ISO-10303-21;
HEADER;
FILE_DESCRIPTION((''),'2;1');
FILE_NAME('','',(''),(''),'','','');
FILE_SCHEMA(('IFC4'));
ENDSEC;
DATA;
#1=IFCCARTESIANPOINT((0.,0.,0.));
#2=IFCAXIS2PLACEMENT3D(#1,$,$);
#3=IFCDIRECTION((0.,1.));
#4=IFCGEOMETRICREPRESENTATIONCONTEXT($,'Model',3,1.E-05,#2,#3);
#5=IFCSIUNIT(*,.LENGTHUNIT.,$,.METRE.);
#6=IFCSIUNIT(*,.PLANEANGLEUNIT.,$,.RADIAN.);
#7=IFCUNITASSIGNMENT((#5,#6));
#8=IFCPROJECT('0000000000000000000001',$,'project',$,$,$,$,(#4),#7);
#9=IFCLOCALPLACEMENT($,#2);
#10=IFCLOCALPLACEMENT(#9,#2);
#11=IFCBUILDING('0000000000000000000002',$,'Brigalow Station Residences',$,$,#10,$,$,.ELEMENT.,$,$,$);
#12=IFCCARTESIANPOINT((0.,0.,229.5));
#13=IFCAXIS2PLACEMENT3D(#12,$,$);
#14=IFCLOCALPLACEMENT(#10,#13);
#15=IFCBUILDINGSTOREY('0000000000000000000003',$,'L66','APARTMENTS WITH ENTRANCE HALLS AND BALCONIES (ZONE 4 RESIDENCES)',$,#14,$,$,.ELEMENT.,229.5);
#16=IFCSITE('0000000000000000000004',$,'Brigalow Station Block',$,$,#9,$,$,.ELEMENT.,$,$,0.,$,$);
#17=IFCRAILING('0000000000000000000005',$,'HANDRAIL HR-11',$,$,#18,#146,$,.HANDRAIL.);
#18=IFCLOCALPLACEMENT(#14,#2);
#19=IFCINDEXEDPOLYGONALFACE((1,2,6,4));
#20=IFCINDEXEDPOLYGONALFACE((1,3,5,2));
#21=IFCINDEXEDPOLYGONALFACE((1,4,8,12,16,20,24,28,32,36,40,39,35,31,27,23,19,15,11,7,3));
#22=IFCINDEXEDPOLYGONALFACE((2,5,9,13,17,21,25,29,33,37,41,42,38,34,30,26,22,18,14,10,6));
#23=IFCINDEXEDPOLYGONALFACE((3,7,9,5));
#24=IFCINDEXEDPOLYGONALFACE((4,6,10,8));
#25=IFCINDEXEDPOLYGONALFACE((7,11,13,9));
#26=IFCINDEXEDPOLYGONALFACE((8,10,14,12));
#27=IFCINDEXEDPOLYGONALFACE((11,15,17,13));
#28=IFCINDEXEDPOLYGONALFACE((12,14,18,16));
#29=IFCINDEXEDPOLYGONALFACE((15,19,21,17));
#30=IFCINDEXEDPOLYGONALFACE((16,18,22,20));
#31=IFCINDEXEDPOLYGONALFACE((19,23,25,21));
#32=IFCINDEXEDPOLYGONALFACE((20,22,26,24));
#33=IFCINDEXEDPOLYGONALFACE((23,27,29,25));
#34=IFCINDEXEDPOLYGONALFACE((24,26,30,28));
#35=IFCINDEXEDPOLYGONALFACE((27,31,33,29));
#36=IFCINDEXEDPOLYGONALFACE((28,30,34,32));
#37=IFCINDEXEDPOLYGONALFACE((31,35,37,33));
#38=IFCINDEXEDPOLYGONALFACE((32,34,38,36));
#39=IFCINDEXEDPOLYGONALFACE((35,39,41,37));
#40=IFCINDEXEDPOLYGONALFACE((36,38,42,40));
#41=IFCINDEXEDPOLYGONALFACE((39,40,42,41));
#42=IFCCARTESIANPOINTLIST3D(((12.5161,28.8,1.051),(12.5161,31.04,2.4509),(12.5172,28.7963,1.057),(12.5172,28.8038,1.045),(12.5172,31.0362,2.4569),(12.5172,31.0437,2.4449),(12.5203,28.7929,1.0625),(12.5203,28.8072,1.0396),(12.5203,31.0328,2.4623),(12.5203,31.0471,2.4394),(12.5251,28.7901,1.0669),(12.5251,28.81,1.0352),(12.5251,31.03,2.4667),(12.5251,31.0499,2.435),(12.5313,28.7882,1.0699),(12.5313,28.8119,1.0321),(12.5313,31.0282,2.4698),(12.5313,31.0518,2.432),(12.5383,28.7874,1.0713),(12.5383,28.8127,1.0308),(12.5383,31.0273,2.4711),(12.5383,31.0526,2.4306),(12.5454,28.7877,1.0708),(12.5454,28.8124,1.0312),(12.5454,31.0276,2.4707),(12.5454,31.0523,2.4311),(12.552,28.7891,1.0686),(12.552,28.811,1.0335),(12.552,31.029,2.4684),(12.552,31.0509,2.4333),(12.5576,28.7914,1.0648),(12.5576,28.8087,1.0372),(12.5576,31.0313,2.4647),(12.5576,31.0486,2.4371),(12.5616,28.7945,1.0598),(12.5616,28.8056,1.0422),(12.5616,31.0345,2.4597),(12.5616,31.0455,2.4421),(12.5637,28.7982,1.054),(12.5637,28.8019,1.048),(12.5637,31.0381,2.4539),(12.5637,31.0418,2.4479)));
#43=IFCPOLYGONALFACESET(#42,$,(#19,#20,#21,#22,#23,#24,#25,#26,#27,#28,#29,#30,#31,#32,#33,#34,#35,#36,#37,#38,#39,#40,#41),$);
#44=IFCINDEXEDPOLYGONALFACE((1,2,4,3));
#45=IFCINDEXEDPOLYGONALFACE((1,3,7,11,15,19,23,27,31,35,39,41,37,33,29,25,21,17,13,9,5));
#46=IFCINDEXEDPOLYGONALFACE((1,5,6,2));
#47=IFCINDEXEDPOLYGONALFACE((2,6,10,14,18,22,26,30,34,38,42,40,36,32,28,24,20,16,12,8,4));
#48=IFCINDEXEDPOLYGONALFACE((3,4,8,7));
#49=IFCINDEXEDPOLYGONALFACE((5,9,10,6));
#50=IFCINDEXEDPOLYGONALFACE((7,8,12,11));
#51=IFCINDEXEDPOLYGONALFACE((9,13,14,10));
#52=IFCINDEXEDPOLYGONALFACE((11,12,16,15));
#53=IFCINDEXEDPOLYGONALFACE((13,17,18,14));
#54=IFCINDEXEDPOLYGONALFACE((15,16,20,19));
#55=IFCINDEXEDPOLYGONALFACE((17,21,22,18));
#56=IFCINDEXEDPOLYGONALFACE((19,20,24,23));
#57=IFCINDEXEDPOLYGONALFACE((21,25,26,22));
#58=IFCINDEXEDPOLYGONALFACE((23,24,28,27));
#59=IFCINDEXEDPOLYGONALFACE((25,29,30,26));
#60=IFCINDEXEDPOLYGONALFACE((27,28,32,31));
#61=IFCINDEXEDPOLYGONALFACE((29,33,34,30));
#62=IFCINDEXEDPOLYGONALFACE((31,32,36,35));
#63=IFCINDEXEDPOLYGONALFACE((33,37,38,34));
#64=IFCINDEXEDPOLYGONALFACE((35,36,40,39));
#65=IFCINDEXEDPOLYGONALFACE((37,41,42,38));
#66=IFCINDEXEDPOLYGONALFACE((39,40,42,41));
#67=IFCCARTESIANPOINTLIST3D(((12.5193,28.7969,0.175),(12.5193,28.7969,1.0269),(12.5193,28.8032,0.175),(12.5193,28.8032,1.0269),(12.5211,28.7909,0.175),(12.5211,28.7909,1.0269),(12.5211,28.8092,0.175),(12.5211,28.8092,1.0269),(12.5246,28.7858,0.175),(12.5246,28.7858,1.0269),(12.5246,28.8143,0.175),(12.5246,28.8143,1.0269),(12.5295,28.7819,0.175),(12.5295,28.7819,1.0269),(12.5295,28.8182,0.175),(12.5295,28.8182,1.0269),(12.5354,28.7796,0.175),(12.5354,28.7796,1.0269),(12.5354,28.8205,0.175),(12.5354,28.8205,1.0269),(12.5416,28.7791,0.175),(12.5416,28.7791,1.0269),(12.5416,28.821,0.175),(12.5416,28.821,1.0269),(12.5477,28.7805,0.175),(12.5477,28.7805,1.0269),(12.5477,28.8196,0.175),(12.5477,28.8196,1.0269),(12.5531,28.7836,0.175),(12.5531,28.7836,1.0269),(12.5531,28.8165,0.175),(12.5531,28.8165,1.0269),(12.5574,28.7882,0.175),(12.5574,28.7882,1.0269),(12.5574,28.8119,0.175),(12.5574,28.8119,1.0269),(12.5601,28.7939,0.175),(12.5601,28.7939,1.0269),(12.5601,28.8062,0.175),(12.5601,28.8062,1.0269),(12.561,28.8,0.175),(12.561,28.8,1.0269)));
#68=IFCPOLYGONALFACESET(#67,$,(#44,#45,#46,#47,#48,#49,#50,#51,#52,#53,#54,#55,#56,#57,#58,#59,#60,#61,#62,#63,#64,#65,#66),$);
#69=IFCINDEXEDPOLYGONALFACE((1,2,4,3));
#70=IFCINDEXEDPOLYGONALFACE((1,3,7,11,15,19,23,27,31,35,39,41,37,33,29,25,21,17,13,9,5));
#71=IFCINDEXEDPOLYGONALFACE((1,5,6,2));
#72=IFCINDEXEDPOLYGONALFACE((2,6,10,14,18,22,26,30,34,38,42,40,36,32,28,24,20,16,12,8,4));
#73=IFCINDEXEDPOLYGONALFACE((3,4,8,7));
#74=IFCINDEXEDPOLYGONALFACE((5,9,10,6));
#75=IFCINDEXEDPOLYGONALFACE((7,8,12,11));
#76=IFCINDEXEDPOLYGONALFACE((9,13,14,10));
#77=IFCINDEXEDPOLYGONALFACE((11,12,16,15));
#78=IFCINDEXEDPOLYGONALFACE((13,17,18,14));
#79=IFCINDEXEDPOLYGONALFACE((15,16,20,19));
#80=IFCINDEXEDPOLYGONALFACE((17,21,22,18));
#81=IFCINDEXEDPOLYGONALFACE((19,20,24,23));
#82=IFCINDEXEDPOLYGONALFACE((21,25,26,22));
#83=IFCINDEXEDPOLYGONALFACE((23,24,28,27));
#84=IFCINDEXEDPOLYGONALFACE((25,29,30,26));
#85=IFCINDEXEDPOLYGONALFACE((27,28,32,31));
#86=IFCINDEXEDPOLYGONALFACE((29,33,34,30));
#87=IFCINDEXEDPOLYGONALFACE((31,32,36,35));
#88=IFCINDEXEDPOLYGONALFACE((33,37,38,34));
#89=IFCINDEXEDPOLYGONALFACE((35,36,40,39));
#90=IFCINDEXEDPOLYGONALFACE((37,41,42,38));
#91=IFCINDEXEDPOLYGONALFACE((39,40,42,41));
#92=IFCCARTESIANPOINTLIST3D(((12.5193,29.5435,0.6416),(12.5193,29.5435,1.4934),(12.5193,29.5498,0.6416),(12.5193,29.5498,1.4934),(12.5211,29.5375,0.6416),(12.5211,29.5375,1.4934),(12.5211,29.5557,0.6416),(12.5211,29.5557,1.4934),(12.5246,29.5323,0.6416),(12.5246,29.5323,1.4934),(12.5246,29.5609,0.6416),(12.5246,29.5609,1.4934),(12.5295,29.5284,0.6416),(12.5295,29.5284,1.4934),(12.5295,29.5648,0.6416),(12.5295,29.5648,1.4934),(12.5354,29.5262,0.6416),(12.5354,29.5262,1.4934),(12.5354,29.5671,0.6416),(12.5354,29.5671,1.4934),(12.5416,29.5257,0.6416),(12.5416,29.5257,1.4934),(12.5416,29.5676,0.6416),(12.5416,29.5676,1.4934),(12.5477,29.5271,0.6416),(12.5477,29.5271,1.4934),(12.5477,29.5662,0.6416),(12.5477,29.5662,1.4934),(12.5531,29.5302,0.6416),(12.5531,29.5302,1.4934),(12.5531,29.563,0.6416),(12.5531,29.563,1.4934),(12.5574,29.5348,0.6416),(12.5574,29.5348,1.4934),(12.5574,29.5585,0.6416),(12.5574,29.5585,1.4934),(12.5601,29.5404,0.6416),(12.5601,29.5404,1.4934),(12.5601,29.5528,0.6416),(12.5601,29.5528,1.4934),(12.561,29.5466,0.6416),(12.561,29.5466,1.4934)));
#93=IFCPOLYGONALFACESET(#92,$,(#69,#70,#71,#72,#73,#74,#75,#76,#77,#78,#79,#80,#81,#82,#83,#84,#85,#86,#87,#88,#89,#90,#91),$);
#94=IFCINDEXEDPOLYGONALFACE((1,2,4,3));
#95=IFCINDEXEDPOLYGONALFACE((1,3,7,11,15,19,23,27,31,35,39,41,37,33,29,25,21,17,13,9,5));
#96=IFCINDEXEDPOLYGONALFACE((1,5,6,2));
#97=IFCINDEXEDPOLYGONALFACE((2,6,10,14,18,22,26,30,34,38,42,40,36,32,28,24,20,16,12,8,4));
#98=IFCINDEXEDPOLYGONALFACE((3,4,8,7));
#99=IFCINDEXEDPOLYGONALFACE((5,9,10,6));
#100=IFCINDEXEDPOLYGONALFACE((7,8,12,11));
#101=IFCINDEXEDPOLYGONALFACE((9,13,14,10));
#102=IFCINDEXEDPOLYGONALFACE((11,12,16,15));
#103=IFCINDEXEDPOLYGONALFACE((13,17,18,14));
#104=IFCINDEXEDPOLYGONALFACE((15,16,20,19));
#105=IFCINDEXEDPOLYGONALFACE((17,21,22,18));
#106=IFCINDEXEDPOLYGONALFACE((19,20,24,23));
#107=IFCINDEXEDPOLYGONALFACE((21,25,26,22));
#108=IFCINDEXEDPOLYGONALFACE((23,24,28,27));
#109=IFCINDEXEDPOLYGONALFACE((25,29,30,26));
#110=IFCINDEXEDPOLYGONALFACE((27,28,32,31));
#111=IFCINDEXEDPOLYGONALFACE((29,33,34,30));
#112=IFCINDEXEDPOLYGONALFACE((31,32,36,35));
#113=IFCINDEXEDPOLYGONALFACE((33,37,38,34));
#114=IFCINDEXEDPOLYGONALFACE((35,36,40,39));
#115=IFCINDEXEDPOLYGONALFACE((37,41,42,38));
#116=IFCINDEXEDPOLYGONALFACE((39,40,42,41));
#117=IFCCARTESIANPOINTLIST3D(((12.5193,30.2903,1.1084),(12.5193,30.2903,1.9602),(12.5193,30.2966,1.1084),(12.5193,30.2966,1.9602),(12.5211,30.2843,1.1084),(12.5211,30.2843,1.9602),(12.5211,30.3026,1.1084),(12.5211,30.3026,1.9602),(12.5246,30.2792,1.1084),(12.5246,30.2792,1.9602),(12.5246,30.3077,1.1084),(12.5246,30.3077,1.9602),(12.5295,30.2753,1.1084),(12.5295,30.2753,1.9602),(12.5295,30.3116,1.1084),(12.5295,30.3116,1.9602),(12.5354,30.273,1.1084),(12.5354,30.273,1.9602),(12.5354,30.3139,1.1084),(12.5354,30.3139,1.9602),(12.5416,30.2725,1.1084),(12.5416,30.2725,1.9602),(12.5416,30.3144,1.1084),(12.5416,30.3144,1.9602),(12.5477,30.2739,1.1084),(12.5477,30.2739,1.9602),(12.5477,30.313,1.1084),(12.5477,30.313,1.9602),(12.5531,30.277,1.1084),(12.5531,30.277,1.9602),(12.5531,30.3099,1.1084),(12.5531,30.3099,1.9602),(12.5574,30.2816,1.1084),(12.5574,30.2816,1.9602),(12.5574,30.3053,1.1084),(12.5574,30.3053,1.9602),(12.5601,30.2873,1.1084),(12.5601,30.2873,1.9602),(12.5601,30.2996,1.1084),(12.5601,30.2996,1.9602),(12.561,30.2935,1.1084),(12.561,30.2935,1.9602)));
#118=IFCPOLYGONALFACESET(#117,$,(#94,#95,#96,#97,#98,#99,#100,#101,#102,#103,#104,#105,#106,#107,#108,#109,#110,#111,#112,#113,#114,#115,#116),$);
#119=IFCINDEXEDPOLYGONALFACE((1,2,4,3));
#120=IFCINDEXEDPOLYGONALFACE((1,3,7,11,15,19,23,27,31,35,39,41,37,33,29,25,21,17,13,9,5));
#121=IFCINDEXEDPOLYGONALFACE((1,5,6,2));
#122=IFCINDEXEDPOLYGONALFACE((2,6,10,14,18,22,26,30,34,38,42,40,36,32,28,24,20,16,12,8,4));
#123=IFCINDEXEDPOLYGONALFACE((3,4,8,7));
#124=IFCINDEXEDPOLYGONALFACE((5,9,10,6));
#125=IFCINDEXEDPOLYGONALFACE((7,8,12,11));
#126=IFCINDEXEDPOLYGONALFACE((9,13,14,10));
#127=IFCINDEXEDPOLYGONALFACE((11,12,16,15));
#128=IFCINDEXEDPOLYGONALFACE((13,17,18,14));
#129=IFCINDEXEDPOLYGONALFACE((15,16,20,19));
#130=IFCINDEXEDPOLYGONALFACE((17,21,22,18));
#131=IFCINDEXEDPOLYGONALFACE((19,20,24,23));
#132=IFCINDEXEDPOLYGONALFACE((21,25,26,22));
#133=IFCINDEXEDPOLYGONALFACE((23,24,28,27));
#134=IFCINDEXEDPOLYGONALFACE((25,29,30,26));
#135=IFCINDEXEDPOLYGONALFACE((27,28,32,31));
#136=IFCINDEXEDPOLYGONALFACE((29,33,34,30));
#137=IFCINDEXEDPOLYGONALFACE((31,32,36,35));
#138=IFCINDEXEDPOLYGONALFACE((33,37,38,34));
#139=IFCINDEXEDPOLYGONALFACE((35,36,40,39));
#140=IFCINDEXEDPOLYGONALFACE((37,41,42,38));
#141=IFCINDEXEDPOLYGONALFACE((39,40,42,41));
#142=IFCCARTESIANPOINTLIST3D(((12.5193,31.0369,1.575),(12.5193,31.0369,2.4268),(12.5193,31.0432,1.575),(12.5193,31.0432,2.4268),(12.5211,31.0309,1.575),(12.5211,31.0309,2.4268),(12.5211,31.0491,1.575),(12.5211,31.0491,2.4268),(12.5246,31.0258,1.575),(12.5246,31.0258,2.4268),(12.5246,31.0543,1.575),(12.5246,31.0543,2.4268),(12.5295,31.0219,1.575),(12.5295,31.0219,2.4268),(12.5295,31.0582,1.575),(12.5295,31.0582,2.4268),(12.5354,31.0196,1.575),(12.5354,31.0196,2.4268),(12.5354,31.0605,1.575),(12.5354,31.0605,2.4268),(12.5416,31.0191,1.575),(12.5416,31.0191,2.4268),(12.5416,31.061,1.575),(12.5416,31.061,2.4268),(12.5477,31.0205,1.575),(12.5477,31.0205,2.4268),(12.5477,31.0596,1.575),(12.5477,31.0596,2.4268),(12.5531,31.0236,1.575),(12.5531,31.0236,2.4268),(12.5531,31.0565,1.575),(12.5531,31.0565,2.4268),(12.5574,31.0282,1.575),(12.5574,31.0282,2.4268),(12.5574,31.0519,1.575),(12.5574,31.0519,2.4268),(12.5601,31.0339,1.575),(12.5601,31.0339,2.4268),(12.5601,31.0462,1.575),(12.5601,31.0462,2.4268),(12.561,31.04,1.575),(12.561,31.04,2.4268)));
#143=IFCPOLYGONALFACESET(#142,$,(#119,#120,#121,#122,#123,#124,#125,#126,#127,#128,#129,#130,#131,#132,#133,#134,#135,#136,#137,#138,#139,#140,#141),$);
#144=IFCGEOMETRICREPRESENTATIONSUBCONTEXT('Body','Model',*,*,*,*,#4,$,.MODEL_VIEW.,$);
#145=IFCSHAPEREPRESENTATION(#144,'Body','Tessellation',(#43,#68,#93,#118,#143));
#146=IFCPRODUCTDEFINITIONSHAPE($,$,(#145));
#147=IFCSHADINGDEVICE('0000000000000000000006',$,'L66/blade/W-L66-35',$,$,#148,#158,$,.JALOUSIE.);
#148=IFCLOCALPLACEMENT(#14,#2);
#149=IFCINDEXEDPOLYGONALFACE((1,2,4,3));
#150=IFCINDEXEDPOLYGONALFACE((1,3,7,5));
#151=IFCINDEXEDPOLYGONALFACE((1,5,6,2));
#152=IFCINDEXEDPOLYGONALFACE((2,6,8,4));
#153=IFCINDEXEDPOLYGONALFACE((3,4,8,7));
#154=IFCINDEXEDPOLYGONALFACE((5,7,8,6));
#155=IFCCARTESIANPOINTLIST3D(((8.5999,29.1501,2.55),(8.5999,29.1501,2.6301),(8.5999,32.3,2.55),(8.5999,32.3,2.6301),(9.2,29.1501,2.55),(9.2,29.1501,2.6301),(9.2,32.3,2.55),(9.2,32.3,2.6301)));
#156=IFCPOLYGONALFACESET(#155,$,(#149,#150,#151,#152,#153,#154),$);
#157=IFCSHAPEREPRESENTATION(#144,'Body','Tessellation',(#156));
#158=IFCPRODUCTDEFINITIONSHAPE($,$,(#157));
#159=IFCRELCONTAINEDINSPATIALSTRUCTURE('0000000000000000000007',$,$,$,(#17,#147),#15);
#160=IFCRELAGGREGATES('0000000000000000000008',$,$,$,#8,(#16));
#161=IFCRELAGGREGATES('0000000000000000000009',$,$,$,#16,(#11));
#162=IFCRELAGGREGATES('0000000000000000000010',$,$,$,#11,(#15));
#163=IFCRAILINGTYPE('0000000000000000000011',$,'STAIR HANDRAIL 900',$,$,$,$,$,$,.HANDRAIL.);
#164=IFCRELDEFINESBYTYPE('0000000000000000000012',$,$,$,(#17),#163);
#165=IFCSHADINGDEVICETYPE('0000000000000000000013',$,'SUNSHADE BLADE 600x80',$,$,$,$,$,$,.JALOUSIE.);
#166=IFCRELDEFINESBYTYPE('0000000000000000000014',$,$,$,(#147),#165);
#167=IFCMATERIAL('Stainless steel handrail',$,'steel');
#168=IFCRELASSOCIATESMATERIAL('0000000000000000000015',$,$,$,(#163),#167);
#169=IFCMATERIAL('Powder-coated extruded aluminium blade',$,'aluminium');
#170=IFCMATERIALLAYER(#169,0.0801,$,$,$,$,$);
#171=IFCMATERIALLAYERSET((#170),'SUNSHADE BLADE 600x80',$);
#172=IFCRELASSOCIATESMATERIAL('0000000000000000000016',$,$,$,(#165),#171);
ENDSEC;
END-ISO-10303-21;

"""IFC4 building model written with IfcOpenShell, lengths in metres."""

from ifc_helpers import new_model, si_unit, direction, frame, origin, origin_2d, place, context, subcontext, project, spatial, rectangle, circle, extrude, material, layer, layer_set, type_object, element, save


model = new_model("IFC4")

# Units and contexts
model_context = context("Model", 3, precision=1e-05, world=origin(), true_north=direction((0.0, 1.0)))
body_context = subcontext(model_context, "Body", "Model", "MODEL_VIEW")
ifc_project = project(units=[si_unit("LENGTHUNIT", "METRE"), si_unit("PLANEANGLEUNIT", "RADIAN")], contexts=[model_context])

# Site, building, storey
site_placement = place(None, origin())
site = spatial("IfcSite", under=ifc_project, at=site_placement, Name="Brigalow Station Block", CompositionType="ELEMENT", RefElevation=0.0)
building_placement = place(site_placement, origin())
building = spatial("IfcBuilding", under=site, at=building_placement, Name="Brigalow Station Residences", CompositionType="ELEMENT")
storey_placement = place(building_placement, frame((0.0, 0.0, 229.5)))
storey = spatial("IfcBuildingStorey", under=building, at=storey_placement, Name="L66", Description="APARTMENTS WITH ENTRANCE HALLS AND BALCONIES (ZONE 4 RESIDENCES)", CompositionType="ELEMENT", Elevation=229.5)

# Railing
ifc_material_1 = material(Name="Stainless steel handrail", Category="steel")
railing_type_1 = type_object("IfcRailingType", Name="STAIR HANDRAIL 900", PredefinedType="HANDRAIL", material=ifc_material_1)
railing_1_placement = place(storey_placement, frame((12.54, 28.8, 0.175)))
element("IfcRailing", 1, at=railing_1_placement, inside=storey, type_object=railing_type_1, Name="HANDRAIL HR-11", PredefinedType="HANDRAIL", context=body_context, shape_type="SweptSolid", body=[
    extrude(circle(Radius=0.0239, at=origin_2d()), frame((0.0, 0.0, 0.876), z_axis=(0.0, 0.848014, 0.529974), x_axis=(-1.0, 0.0, 0.0)), (0.0, 0.0, 1.0), 2.6414),
    extrude(circle(Radius=0.021, at=origin_2d()), origin(), (0.0, 0.0, 1.0), 0.8518),
    extrude(circle(Radius=0.021, at=origin_2d()), frame((0.0, 0.7466, 0.4666)), (0.0, 0.0, 1.0), 0.8518),
    extrude(circle(Radius=0.021, at=origin_2d()), frame((0.0, 1.4934, 0.9333)), (0.0, 0.0, 1.0), 0.8518),
    extrude(circle(Radius=0.021, at=origin_2d()), frame((0.0, 2.24, 1.3999)), (0.0, 0.0, 1.0), 0.8518),
])

# Shading device
ifc_material_2 = material(Name="Powder-coated extruded aluminium blade", Category="aluminium")
ifc_layer_1 = layer(ifc_material_2, 0.0801)
ifc_layer_set_1 = layer_set([ifc_layer_1], Name="SUNSHADE BLADE 600x80")
shading_device_type = type_object("IfcShadingDeviceType", Name="SUNSHADE BLADE 600x80", PredefinedType="JALOUSIE", material=ifc_layer_set_1)
shading_device_placement = place(storey_placement, frame((8.8999, 30.7251, 2.55), z_axis=(0.0, 0.0, 1.0), x_axis=(0.0, -1.0, 0.0)))
element("IfcShadingDevice", 2, at=shading_device_placement, inside=storey, type_object=shading_device_type, Name="L66/blade/W-L66-35", PredefinedType="JALOUSIE", context=body_context, shape_type="SweptSolid", body=[
    extrude(rectangle(XDim=3.1499, YDim=0.6001, at=origin_2d()), origin(), (0.0, 0.0, 1.0), 0.0801),
])

save(model, "model.ifc")
